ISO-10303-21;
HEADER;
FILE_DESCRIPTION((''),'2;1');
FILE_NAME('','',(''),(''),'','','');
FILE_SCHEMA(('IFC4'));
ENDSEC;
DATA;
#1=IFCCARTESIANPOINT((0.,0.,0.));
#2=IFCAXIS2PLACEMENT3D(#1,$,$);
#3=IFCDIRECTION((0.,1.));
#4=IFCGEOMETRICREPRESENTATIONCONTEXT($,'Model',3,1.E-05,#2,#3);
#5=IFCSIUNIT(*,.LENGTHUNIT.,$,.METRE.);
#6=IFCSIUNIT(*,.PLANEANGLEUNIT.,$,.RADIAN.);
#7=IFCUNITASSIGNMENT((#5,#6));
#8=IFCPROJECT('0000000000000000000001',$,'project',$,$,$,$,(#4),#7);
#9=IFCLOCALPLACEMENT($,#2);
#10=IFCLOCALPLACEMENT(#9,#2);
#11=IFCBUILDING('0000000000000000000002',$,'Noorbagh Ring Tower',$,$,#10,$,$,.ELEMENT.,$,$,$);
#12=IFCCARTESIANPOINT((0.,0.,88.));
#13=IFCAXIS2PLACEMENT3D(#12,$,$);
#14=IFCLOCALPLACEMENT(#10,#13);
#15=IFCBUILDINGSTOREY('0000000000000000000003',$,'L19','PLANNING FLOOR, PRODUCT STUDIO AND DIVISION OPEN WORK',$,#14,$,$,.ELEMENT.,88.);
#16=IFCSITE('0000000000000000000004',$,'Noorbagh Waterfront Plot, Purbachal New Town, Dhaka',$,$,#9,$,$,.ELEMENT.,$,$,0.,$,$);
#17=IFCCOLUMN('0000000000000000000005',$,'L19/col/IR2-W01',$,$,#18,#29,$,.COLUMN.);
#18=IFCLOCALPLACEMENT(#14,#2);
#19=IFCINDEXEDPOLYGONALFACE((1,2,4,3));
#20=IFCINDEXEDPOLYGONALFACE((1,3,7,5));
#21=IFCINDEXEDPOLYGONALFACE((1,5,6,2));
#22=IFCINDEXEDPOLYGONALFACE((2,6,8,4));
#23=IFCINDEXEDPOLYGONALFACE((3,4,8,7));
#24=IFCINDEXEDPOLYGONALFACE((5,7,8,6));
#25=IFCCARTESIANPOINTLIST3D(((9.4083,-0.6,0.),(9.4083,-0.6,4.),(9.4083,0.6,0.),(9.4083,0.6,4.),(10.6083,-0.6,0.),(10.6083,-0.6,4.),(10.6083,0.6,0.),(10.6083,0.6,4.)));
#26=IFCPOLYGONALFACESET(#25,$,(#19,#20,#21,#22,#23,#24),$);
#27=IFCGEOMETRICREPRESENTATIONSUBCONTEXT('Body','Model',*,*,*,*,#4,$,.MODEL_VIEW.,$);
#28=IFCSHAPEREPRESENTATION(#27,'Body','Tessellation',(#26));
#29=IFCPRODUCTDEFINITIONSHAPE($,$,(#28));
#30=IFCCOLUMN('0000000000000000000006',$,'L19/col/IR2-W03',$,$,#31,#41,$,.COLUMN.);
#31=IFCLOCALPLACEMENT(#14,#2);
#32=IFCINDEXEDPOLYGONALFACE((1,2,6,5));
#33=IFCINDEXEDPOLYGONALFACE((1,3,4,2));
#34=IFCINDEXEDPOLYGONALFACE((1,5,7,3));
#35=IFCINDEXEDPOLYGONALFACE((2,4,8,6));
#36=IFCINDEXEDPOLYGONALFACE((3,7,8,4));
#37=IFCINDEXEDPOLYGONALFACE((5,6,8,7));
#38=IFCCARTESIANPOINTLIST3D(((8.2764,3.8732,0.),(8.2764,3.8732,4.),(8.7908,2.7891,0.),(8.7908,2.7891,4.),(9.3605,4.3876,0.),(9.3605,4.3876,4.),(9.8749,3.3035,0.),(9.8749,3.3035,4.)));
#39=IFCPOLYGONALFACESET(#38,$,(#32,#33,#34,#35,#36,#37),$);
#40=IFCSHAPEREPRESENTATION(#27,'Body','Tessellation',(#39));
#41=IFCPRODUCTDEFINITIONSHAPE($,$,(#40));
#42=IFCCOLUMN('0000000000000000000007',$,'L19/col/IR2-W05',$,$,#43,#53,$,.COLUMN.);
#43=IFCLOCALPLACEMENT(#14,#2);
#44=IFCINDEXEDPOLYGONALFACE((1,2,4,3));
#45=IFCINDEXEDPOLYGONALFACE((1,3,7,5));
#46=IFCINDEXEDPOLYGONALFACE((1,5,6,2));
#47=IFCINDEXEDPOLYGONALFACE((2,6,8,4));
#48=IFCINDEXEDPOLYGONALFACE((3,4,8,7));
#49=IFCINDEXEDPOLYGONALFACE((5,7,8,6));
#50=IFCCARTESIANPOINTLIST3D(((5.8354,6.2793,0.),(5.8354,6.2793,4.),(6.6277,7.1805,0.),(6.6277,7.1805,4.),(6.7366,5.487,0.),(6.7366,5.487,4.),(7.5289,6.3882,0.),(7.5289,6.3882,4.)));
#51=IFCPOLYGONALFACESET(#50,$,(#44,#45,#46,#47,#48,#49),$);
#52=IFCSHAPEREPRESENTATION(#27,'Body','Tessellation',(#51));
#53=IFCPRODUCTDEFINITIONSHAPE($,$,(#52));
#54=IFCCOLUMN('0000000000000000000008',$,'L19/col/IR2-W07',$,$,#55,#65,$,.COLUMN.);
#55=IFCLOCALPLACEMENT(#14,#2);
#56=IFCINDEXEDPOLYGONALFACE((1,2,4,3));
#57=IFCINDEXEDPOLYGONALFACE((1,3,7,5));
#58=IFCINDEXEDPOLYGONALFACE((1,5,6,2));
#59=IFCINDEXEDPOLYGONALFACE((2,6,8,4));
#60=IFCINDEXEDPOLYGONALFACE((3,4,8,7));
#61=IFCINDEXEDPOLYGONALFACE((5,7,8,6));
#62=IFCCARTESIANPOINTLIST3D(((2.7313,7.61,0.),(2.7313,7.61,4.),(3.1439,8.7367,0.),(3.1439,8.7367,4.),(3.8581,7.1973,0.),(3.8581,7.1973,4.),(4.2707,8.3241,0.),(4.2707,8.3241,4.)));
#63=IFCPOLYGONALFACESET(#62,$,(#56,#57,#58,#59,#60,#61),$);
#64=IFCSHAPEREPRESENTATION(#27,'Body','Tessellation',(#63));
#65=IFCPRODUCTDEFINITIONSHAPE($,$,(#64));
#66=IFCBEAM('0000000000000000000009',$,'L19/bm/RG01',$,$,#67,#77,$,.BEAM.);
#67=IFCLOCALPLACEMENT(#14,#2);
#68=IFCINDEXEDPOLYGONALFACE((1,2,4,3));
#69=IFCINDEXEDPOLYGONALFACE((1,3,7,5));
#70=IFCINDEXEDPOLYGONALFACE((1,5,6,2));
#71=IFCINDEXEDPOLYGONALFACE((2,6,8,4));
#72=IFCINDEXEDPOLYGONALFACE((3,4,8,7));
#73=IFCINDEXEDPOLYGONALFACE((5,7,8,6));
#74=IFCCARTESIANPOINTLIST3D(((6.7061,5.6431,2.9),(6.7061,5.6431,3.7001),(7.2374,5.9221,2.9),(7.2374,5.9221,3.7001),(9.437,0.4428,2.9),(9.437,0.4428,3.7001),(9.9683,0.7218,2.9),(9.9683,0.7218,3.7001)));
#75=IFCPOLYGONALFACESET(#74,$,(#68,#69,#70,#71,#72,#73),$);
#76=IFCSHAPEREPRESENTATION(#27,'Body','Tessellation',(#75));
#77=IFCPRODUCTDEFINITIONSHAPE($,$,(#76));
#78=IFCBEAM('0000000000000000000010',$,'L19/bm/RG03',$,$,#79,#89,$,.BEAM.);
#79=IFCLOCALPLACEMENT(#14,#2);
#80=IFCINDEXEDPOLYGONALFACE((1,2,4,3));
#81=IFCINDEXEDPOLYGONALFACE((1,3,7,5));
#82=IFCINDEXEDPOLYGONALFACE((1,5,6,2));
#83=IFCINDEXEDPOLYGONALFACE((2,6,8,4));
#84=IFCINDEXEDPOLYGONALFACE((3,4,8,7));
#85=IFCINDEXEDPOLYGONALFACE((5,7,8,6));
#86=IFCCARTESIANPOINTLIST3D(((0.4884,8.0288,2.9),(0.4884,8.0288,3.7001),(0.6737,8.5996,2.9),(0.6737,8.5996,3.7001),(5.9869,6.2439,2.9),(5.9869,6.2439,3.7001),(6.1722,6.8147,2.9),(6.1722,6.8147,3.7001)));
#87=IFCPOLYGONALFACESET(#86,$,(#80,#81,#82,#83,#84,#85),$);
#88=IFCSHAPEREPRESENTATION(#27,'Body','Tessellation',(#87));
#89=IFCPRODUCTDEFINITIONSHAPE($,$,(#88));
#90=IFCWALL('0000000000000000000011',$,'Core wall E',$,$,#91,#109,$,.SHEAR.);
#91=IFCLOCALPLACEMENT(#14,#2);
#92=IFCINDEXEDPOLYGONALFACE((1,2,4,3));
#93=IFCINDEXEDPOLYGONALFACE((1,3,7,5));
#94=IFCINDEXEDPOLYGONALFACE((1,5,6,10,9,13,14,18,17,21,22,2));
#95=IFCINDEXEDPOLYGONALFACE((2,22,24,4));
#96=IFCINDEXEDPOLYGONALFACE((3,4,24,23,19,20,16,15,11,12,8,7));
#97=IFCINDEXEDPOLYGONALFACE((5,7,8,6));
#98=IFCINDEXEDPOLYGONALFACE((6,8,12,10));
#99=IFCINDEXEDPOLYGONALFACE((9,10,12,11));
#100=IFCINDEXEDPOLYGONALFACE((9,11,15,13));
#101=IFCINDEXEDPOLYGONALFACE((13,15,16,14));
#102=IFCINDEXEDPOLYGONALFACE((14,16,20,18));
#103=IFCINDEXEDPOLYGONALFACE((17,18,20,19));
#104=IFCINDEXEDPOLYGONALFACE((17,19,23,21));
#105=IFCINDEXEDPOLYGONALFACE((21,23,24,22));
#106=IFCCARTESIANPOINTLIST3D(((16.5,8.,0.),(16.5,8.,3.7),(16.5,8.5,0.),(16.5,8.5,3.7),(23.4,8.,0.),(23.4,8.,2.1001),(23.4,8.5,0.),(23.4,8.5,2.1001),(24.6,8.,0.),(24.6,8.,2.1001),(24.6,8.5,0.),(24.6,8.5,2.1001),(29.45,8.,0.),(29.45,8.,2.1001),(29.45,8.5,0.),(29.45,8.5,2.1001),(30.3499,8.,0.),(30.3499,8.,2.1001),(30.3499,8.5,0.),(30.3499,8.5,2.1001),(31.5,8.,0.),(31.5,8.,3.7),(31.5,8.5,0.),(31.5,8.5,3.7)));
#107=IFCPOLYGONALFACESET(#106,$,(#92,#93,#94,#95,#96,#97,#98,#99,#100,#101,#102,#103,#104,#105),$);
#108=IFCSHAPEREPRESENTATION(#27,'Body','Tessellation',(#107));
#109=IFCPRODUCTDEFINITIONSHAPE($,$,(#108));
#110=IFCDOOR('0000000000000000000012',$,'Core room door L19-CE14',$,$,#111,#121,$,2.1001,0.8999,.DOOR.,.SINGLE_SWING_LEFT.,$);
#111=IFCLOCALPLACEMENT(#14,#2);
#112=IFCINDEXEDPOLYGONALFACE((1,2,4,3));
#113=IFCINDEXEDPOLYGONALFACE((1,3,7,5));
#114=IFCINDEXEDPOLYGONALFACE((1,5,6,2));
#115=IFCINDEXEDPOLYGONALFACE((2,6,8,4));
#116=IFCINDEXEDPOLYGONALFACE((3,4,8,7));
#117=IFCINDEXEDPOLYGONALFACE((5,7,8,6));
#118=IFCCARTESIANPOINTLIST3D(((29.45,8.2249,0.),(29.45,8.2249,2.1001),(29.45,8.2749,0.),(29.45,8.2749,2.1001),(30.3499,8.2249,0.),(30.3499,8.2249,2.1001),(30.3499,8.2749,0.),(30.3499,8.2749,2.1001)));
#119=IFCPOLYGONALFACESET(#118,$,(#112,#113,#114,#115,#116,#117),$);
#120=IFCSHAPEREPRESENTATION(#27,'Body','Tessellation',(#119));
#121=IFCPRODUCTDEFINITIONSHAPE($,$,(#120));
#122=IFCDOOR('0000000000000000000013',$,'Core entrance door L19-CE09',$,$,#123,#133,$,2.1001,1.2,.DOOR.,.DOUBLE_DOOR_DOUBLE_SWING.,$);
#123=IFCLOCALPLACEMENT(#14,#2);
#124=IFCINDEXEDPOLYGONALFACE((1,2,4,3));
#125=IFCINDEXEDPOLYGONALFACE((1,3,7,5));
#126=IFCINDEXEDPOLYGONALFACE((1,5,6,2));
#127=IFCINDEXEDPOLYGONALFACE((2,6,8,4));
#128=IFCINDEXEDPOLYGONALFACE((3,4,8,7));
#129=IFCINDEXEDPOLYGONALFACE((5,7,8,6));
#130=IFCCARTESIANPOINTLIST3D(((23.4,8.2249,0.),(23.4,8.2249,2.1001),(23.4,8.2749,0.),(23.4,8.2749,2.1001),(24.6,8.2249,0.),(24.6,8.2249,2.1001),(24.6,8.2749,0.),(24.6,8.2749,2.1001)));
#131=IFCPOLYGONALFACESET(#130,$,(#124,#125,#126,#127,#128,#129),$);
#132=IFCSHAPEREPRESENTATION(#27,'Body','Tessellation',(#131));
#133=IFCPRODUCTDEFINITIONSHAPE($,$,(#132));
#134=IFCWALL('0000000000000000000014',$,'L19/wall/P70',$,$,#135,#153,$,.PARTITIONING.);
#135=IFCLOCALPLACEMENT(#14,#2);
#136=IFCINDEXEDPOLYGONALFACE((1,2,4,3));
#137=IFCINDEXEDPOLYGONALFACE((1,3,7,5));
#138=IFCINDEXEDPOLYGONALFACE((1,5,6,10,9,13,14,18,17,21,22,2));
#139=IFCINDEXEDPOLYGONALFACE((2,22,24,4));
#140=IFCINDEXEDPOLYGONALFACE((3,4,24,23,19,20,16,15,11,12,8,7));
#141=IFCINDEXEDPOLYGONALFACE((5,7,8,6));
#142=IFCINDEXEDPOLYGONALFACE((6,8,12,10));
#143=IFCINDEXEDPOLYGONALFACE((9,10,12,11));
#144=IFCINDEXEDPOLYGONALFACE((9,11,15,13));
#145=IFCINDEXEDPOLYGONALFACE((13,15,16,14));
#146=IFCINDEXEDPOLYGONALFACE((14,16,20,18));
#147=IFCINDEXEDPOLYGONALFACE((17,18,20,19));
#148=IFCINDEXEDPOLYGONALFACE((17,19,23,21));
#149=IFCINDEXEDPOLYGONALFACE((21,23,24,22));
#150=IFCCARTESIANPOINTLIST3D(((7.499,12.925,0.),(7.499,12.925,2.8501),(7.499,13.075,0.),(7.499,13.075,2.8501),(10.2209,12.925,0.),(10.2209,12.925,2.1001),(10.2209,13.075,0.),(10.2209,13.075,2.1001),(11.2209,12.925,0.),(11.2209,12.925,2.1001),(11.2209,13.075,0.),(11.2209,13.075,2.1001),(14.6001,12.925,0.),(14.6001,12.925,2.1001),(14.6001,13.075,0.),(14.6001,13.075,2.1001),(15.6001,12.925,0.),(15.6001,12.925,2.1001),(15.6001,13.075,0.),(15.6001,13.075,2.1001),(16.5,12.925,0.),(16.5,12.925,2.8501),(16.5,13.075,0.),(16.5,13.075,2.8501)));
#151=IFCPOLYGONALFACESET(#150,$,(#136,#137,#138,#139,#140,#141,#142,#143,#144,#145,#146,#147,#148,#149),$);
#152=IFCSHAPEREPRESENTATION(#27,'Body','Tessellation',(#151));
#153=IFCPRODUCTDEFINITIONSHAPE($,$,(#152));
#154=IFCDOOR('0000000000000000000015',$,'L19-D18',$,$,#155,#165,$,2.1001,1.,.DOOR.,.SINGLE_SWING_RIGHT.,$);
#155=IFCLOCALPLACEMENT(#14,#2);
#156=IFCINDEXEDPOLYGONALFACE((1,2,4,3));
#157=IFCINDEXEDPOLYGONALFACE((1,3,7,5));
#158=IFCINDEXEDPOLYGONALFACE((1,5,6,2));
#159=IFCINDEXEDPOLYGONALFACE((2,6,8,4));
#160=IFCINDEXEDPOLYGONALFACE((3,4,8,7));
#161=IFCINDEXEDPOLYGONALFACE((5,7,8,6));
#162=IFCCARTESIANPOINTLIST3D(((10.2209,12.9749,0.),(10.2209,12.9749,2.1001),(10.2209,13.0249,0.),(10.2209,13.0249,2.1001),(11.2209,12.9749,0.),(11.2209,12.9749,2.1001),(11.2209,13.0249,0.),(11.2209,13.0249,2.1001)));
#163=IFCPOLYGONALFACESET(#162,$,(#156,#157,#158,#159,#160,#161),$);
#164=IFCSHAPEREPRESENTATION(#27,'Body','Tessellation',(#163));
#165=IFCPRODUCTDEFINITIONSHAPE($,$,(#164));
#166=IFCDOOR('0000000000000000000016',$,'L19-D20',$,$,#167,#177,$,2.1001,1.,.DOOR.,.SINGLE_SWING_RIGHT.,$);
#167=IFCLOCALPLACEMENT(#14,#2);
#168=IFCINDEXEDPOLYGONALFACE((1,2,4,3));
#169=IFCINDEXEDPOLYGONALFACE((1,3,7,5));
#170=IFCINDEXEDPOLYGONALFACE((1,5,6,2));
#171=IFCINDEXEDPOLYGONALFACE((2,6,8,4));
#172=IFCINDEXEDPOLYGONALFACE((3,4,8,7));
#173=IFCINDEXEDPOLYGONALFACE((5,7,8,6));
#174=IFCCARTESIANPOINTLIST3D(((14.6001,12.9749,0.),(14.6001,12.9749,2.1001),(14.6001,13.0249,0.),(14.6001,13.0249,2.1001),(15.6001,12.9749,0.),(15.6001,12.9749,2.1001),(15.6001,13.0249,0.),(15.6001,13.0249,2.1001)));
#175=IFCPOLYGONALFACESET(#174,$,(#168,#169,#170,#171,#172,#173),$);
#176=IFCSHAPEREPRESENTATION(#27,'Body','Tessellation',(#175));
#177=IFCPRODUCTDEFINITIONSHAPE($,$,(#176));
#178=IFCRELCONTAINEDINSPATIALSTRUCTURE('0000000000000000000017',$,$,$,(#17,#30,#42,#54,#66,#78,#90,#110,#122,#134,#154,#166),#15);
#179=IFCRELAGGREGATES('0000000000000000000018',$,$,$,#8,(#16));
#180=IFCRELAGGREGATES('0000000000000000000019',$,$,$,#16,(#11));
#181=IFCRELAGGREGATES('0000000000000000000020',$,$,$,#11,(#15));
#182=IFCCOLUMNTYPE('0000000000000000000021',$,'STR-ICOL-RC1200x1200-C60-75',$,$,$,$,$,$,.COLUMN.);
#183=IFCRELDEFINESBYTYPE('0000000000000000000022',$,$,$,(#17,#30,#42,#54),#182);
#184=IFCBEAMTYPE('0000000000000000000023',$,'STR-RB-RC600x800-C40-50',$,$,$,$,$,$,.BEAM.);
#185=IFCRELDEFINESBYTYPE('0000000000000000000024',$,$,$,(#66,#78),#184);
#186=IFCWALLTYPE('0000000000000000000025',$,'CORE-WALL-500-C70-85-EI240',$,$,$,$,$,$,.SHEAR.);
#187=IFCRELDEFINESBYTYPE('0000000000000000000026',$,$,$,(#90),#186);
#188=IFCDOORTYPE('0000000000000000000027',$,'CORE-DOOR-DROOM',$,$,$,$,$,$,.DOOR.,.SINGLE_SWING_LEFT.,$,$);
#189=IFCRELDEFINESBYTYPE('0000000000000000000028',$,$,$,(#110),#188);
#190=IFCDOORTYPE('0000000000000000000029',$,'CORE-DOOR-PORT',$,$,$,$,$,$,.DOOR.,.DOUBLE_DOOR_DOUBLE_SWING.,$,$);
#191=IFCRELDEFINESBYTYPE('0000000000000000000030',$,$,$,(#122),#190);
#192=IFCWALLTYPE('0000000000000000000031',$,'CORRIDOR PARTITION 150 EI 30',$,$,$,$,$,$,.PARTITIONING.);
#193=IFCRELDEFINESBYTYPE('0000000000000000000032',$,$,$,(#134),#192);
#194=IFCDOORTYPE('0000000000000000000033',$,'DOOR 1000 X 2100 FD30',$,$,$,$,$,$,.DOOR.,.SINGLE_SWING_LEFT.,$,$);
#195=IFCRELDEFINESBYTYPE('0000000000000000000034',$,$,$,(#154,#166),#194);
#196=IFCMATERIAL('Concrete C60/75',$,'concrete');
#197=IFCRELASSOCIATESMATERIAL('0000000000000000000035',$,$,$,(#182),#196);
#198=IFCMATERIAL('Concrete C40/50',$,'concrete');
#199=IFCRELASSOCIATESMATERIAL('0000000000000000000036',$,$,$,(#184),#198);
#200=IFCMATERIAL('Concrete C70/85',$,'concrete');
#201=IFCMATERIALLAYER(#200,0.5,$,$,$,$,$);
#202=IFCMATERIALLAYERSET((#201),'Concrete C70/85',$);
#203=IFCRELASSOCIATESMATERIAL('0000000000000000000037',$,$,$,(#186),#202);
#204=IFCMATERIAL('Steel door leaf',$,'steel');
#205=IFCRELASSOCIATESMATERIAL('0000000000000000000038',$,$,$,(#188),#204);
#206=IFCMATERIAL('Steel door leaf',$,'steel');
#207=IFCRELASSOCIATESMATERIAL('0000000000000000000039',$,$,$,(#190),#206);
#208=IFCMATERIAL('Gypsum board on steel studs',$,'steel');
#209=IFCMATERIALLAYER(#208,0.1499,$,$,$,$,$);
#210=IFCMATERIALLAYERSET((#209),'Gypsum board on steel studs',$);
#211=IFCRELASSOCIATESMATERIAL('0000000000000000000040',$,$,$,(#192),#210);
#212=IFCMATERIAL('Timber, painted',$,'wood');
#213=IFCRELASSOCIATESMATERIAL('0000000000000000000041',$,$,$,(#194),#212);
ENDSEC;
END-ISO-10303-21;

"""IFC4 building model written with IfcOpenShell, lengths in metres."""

from ifc_helpers import new_model, si_unit, direction, frame, frame_2d, origin, origin_2d, place, context, subcontext, project, spatial, rectangle, extrude, material, layer, layer_set, material_profile, profile_set, type_object, element, fill, save


model = new_model("IFC4")

# Units and contexts
model_context = context("Model", 3, precision=1e-05, world=origin(), true_north=direction((0.0, 1.0)))
body_context = subcontext(model_context, "Body", "Model", "MODEL_VIEW")
ifc_project = project(units=[si_unit("LENGTHUNIT", "METRE"), si_unit("PLANEANGLEUNIT", "RADIAN")], contexts=[model_context])

# Site, building, storey
site_placement = place(None, origin())
site = spatial("IfcSite", under=ifc_project, at=site_placement, Name="Noorbagh Waterfront Plot, Purbachal New Town, Dhaka", CompositionType="ELEMENT", RefElevation=0.0)
building_placement = place(site_placement, origin())
building = spatial("IfcBuilding", under=site, at=building_placement, Name="Noorbagh Ring Tower", CompositionType="ELEMENT")
storey_placement = place(building_placement, frame((0.0, 0.0, 88.0)))
storey = spatial("IfcBuildingStorey", under=building, at=storey_placement, Name="L19", Description="PLANNING FLOOR, PRODUCT STUDIO AND DIVISION OPEN WORK", CompositionType="ELEMENT", Elevation=88.0)

# Columns
ifc_material_1 = material(Name="Concrete C60/75", Category="concrete")
ifc_material_profile_1 = material_profile(ifc_material_1, rectangle(XDim=1.2, YDim=1.2, at=origin_2d()), Name="RC1200x1200")
ifc_profile_set_1 = profile_set([ifc_material_profile_1], Name="Concrete C60/75")
column_type = type_object("IfcColumnType", Name="STR-ICOL-RC1200x1200-C60-75", PredefinedType="COLUMN", material=ifc_profile_set_1)
for number, where, z_axis, x_axis, name in (
    (1, (10.0083, 0.0, 0.0), (0.0, 0.0, 1.0), (0.0, 1.0, 0.0), "L19/col/IR2-W01"),
    (2, (9.0757, 3.5884, 0.0), (0.0, 0.0, 1.0), (-0.428667, 0.903463, 0.0), "L19/col/IR2-W03"),
    (3, (6.6821, 6.3337, 0.0), (0.0, 0.0, 1.0), (-0.751022, 0.660277, 0.0), "L19/col/IR2-W05"),
    (4, (3.501, 7.967, 0.0), (0.0, 0.0, 1.0), (-0.93902, 0.343864, 0.0), "L19/col/IR2-W07"),
):
    element("IfcColumn", number, at=place(storey_placement, frame(where, z_axis=z_axis, x_axis=x_axis)), inside=storey, type_object=column_type, Name=name, PredefinedType="COLUMN", context=body_context, shape_type="SweptSolid", body=[
        extrude(rectangle(XDim=1.2, YDim=1.2, at=origin_2d()), origin(), (0.0, 0.0, 1.0), 4.0),
    ])

# Beams
ifc_material_2 = material(Name="Concrete C40/50", Category="concrete")
ifc_material_profile_2 = material_profile(ifc_material_2, rectangle(XDim=0.6001, YDim=0.8, at=origin_2d()), Name="RC600x800")
ifc_profile_set_2 = profile_set([ifc_material_profile_2], Name="Concrete C40/50")
beam_type = type_object("IfcBeamType", Name="STR-RB-RC600x800-C40-50", PredefinedType="BEAM", material=ifc_profile_set_2)
beam_1_placement = place(storey_placement, frame((9.7026, 0.5823, 3.3), z_axis=(-0.464931, 0.885347, 0.0), x_axis=(-0.885347, -0.464931, 0.0)))
element("IfcBeam", 5, at=beam_1_placement, inside=storey, type_object=beam_type, Name="L19/bm/RG01", PredefinedType="BEAM", context=body_context, shape_type="SweptSolid", body=[
    extrude(rectangle(XDim=0.6001, YDim=0.8, at=origin_2d()), origin(), (0.0, 0.0, 1.0), 5.8738),
])
beam_2_placement = place(storey_placement, frame((6.0796, 6.5293, 3.3), z_axis=(-0.951141, 0.308756, 0.0), x_axis=(-0.308756, -0.951141, 0.0)))
element("IfcBeam", 6, at=beam_2_placement, inside=storey, type_object=beam_type, Name="L19/bm/RG03", PredefinedType="BEAM", context=body_context, shape_type="SweptSolid", body=[
    extrude(rectangle(XDim=0.6001, YDim=0.8, at=origin_2d()), origin(), (0.0, 0.0, 1.0), 5.781),
])

# Walls, openings, doors
ifc_material_3 = material(Name="Concrete C70/85", Category="concrete")
ifc_layer_1 = layer(ifc_material_3, 0.5)
ifc_layer_set_1 = layer_set([ifc_layer_1], Name="Concrete C70/85")
wall_type_1 = type_object("IfcWallType", Name="CORE-WALL-500-C70-85-EI240", PredefinedType="SHEAR", material=ifc_layer_set_1)
wall_1_placement = place(storey_placement, frame((16.5, 8.25, 0.0), z_axis=(0.0, 0.0, 1.0), x_axis=(1.0, 0.0, 0.0)))
wall_1 = element("IfcWall", 7, at=wall_1_placement, inside=storey, type_object=wall_type_1, Name="Core wall E", PredefinedType="SHEAR", context=body_context, shape_type="SweptSolid", body=[
    extrude(rectangle(XDim=15.0, YDim=0.5, at=frame_2d((7.5, 0.0))), origin(), (0.0, 0.0, 1.0), 3.7),
])
opening_1_placement = place(wall_1_placement, frame((6.8999, 0.0, 0.0)))
opening_1 = element("IfcOpeningElement", 8, at=opening_1_placement, cuts=wall_1, PredefinedType="OPENING", context=body_context, shape_type="SweptSolid", body=[
    extrude(rectangle(XDim=1.2, YDim=2.1001, at=frame_2d((0.6001, 1.05))), frame((0.0, 0.26, 0.0), z_axis=(0.0, -1.0, 0.0), x_axis=(1.0, 0.0, 0.0)), (0.0, 0.0, 1.0), 0.52),
])
opening_2_placement = place(wall_1_placement, frame((12.95, 0.0, 0.0)))
opening_2 = element("IfcOpeningElement", 9, at=opening_2_placement, cuts=wall_1, PredefinedType="OPENING", context=body_context, shape_type="SweptSolid", body=[
    extrude(rectangle(XDim=0.8999, YDim=2.1001, at=frame_2d((0.45, 1.05))), frame((0.0, 0.26, 0.0), z_axis=(0.0, -1.0, 0.0), x_axis=(1.0, 0.0, 0.0)), (0.0, 0.0, 1.0), 0.52),
])
ifc_material_4 = material(Name="Steel door leaf", Category="steel")
door_type_1 = type_object("IfcDoorType", Name="CORE-DOOR-DROOM", OperationType="SINGLE_SWING_LEFT", PredefinedType="DOOR", material=ifc_material_4)
door_1_placement = place(opening_2_placement, origin())
door_1 = element("IfcDoor", 10, at=door_1_placement, inside=storey, type_object=door_type_1, Name="Core room door L19-CE14", OperationType="SINGLE_SWING_LEFT", OverallHeight=2.1001, OverallWidth=0.8999, PredefinedType="DOOR", context=body_context, shape_type="SweptSolid", body=[
    extrude(rectangle(XDim=0.8999, YDim=2.1001, at=frame_2d((0.45, 1.05))), frame((0.0, 0.0249, 0.0), z_axis=(0.0, -1.0, 0.0), x_axis=(1.0, 0.0, 0.0)), (0.0, 0.0, 1.0), 0.05),
])
fill(opening_2, door_1)
ifc_material_5 = material(Name="Steel door leaf", Category="steel")
door_type_2 = type_object("IfcDoorType", Name="CORE-DOOR-PORT", OperationType="DOUBLE_DOOR_DOUBLE_SWING", PredefinedType="DOOR", material=ifc_material_5)
door_2_placement = place(opening_1_placement, origin())
door_2 = element("IfcDoor", 11, at=door_2_placement, inside=storey, type_object=door_type_2, Name="Core entrance door L19-CE09", OperationType="DOUBLE_DOOR_DOUBLE_SWING", OverallHeight=2.1001, OverallWidth=1.2, PredefinedType="DOOR", context=body_context, shape_type="SweptSolid", body=[
    extrude(rectangle(XDim=1.2, YDim=2.1001, at=frame_2d((0.6001, 1.05))), frame((0.0, 0.0249, 0.0), z_axis=(0.0, -1.0, 0.0), x_axis=(1.0, 0.0, 0.0)), (0.0, 0.0, 1.0), 0.05),
])
fill(opening_1, door_2)
ifc_material_6 = material(Name="Gypsum board on steel studs", Category="steel")
ifc_layer_2 = layer(ifc_material_6, 0.1499)
ifc_layer_set_2 = layer_set([ifc_layer_2], Name="Gypsum board on steel studs")
wall_type_2 = type_object("IfcWallType", Name="CORRIDOR PARTITION 150 EI 30", PredefinedType="PARTITIONING", material=ifc_layer_set_2)
wall_2_placement = place(storey_placement, frame((7.499, 13.0, 0.0), z_axis=(0.0, 0.0, 1.0), x_axis=(1.0, 0.0, 0.0)))
wall_2 = element("IfcWall", 12, at=wall_2_placement, inside=storey, type_object=wall_type_2, Name="L19/wall/P70", PredefinedType="PARTITIONING", context=body_context, shape_type="SweptSolid", body=[
    extrude(rectangle(XDim=9.001, YDim=0.1499, at=frame_2d((4.5005, 0.0))), origin(), (0.0, 0.0, 1.0), 2.8501),
])
opening_3_placement = place(wall_2_placement, frame((2.7219, 0.0, 0.0)))
opening_3 = element("IfcOpeningElement", 13, at=opening_3_placement, cuts=wall_2, PredefinedType="OPENING", context=body_context, shape_type="SweptSolid", body=[
    extrude(rectangle(XDim=1.0, YDim=2.1001, at=frame_2d((0.5, 1.05))), frame((0.0, 0.085, 0.0), z_axis=(0.0, -1.0, 0.0), x_axis=(1.0, 0.0, 0.0)), (0.0, 0.0, 1.0), 0.1699),
])
opening_4_placement = place(wall_2_placement, frame((7.1011, 0.0, 0.0)))
opening_4 = element("IfcOpeningElement", 14, at=opening_4_placement, cuts=wall_2, PredefinedType="OPENING", context=body_context, shape_type="SweptSolid", body=[
    extrude(rectangle(XDim=1.0, YDim=2.1001, at=frame_2d((0.5, 1.05))), frame((0.0, 0.085, 0.0), z_axis=(0.0, -1.0, 0.0), x_axis=(1.0, 0.0, 0.0)), (0.0, 0.0, 1.0), 0.1699),
])
ifc_material_7 = material(Name="Timber, painted", Category="wood")
door_type_3 = type_object("IfcDoorType", Name="DOOR 1000 X 2100 FD30", OperationType="SINGLE_SWING_LEFT", PredefinedType="DOOR", material=ifc_material_7)
door_3_placement = place(opening_3_placement, origin())
door_3 = element("IfcDoor", 15, at=door_3_placement, inside=storey, type_object=door_type_3, Name="L19-D18", OperationType="SINGLE_SWING_RIGHT", OverallHeight=2.1001, OverallWidth=1.0, PredefinedType="DOOR", context=body_context, shape_type="SweptSolid", body=[
    extrude(rectangle(XDim=1.0, YDim=2.1001, at=frame_2d((0.5, 1.05))), frame((0.0, 0.0249, 0.0), z_axis=(0.0, -1.0, 0.0), x_axis=(1.0, 0.0, 0.0)), (0.0, 0.0, 1.0), 0.05),
])
fill(opening_3, door_3)
door_4_placement = place(opening_4_placement, origin())
door_4 = element("IfcDoor", 16, at=door_4_placement, inside=storey, type_object=door_type_3, Name="L19-D20", OperationType="SINGLE_SWING_RIGHT", OverallHeight=2.1001, OverallWidth=1.0, PredefinedType="DOOR", context=body_context, shape_type="SweptSolid", body=[
    extrude(rectangle(XDim=1.0, YDim=2.1001, at=frame_2d((0.5, 1.05))), frame((0.0, 0.0249, 0.0), z_axis=(0.0, -1.0, 0.0), x_axis=(1.0, 0.0, 0.0)), (0.0, 0.0, 1.0), 0.05),
])
fill(opening_4, door_4)

save(model, "model.ifc")
